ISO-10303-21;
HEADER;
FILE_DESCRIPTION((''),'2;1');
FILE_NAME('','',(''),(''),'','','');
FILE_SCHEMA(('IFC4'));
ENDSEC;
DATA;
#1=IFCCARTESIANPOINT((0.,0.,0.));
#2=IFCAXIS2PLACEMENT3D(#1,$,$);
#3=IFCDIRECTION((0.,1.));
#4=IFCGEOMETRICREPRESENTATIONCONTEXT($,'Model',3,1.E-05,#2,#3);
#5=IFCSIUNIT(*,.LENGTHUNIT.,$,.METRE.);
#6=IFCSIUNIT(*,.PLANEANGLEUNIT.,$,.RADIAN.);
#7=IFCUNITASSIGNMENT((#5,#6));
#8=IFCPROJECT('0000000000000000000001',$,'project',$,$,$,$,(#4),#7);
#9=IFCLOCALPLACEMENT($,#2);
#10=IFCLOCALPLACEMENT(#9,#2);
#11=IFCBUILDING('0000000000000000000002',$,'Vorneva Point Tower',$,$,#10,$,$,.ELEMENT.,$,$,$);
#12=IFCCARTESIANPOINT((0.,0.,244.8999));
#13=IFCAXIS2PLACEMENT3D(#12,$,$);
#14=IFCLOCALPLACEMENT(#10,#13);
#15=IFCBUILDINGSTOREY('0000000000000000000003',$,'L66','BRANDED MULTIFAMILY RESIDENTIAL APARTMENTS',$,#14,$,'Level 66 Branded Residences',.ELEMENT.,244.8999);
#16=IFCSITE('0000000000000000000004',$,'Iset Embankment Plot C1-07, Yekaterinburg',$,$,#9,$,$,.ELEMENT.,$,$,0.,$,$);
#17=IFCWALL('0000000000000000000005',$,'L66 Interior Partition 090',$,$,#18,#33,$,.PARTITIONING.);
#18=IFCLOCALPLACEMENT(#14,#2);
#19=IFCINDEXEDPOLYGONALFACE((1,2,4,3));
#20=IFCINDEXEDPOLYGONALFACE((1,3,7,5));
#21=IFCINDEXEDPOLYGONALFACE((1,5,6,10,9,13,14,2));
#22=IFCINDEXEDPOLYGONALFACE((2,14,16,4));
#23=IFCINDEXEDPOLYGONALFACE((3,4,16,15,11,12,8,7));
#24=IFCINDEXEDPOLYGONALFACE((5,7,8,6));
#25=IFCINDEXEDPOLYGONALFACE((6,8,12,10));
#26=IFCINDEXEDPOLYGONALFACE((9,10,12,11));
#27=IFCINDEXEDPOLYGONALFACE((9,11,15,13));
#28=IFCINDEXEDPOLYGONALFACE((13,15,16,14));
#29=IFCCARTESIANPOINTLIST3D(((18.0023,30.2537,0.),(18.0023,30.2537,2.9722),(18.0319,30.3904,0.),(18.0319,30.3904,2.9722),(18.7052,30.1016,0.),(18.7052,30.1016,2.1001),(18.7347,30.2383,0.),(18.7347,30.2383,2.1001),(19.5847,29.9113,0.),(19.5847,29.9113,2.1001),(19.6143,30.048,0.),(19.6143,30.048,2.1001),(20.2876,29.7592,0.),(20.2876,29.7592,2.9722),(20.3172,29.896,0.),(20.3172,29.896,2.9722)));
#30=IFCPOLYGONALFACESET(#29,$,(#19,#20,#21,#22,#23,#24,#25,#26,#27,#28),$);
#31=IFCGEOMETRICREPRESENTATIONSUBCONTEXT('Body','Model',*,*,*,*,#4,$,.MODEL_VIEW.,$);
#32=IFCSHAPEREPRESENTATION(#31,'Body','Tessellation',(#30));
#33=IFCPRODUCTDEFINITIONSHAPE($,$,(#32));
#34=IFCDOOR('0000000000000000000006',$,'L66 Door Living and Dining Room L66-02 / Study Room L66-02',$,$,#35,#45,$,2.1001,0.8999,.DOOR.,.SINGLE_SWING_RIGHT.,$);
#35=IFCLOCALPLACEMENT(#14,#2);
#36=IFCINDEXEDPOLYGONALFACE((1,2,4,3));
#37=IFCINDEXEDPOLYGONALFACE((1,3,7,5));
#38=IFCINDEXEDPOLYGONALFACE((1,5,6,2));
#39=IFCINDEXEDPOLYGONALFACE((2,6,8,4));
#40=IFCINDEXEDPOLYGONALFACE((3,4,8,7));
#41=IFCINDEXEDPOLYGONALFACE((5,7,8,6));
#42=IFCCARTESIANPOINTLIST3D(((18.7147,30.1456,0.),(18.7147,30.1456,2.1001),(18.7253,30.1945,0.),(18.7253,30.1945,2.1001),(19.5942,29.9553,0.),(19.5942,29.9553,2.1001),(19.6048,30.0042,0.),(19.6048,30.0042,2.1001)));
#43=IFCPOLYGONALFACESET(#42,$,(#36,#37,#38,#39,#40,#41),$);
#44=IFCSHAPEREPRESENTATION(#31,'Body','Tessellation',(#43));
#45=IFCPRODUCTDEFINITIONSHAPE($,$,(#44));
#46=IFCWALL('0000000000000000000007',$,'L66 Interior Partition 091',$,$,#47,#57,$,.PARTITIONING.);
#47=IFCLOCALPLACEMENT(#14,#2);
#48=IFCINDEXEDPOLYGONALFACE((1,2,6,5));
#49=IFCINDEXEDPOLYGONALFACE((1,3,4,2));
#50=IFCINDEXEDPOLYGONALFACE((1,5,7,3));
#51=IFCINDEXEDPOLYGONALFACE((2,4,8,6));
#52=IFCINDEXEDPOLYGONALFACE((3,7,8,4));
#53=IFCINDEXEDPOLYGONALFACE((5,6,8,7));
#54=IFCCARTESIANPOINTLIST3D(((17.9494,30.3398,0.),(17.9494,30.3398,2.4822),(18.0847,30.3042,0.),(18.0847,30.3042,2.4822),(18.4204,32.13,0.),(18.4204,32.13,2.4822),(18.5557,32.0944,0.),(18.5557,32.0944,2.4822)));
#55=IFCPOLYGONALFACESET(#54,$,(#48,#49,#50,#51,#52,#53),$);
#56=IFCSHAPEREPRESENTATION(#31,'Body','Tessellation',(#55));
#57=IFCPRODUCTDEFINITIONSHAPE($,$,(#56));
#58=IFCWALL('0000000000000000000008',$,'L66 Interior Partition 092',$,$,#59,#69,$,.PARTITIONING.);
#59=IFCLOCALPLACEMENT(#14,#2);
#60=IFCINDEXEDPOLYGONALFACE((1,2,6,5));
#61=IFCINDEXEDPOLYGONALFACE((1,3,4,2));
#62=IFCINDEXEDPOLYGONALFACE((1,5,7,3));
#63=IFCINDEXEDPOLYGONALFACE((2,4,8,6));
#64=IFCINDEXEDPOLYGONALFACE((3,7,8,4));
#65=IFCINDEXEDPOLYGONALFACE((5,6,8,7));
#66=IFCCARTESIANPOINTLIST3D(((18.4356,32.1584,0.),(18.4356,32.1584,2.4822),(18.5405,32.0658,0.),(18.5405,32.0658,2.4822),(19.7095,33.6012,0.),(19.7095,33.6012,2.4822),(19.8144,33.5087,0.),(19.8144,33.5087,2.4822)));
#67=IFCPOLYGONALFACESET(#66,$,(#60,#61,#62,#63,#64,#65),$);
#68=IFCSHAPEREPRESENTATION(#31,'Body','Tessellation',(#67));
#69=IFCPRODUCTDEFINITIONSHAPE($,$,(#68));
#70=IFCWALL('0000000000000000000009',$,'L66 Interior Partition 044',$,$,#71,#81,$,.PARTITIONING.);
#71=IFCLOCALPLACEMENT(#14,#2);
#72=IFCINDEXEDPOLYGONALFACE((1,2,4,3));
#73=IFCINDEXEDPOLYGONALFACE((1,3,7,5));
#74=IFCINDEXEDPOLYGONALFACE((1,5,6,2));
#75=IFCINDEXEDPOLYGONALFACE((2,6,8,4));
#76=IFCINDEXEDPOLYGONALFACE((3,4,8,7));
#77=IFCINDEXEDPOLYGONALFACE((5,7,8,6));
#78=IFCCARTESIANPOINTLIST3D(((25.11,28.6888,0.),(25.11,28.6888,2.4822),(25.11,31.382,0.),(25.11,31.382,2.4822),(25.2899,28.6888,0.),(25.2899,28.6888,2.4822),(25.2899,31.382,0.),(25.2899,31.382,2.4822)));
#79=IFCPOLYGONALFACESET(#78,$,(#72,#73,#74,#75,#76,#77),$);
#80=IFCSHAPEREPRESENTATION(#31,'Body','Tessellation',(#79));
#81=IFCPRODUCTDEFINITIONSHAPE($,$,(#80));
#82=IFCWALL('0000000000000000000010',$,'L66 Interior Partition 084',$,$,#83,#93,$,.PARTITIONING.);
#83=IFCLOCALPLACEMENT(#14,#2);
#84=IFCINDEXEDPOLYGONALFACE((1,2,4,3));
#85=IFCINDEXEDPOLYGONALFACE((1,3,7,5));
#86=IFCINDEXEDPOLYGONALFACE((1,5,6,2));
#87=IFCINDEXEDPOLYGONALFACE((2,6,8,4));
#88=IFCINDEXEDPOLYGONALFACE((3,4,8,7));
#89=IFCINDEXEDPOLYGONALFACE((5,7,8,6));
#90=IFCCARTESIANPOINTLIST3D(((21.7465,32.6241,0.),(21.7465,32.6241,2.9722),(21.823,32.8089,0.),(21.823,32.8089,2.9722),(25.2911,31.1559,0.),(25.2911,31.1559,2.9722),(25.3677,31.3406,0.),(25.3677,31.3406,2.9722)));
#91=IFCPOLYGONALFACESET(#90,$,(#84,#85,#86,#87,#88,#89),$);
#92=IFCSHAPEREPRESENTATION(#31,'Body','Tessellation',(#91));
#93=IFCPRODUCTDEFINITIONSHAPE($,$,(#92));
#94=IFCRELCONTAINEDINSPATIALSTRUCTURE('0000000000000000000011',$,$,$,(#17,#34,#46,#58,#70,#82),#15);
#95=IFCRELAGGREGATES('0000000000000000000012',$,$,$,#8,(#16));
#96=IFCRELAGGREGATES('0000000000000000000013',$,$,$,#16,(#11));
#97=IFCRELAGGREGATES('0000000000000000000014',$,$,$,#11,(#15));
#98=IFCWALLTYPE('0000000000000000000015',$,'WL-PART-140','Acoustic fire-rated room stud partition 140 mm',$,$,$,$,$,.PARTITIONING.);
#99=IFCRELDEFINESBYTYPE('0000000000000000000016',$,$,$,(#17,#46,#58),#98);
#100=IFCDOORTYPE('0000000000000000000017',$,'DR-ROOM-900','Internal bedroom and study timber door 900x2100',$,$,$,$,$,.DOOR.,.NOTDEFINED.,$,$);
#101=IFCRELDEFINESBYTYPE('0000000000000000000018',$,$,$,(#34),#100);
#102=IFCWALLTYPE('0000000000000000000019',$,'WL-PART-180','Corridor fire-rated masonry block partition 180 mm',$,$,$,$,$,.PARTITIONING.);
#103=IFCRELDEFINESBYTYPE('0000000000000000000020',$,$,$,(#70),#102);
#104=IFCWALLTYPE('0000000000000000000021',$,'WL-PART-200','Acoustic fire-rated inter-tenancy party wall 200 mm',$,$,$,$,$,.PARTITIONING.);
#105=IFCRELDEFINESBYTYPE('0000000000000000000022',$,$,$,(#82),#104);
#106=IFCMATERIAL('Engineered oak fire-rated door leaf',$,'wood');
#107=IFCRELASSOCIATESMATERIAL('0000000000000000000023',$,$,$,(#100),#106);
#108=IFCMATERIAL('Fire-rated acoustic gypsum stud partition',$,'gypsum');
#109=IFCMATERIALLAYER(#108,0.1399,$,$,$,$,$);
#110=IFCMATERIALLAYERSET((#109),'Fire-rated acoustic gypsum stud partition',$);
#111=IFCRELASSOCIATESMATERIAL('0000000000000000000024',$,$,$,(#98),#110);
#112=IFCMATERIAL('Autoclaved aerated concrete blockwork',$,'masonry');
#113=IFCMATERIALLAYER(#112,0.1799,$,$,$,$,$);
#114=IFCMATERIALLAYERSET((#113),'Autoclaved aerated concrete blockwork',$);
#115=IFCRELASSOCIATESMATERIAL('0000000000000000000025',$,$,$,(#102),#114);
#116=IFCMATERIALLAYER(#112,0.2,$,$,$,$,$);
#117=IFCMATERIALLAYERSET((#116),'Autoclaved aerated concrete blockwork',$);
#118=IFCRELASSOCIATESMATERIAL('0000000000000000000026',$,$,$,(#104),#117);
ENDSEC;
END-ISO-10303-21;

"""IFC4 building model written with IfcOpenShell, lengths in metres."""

from ifc_helpers import new_model, si_unit, direction, frame, frame_2d, origin, place, context, subcontext, project, spatial, rectangle, extrude, material, layer, layer_set, type_object, element, fill, save


model = new_model("IFC4")

# Units and contexts
model_context = context("Model", 3, precision=1e-05, world=origin(), true_north=direction((0.0, 1.0)))
body_context = subcontext(model_context, "Body", "Model", "MODEL_VIEW")
ifc_project = project(units=[si_unit("LENGTHUNIT", "METRE"), si_unit("PLANEANGLEUNIT", "RADIAN")], contexts=[model_context])

# Site, building, storey
site_placement = place(None, origin())
site = spatial("IfcSite", under=ifc_project, at=site_placement, Name="Iset Embankment Plot C1-07, Yekaterinburg", CompositionType="ELEMENT", RefElevation=0.0)
building_placement = place(site_placement, origin())
building = spatial("IfcBuilding", under=site, at=building_placement, Name="Vorneva Point Tower", CompositionType="ELEMENT")
storey_placement = place(building_placement, frame((0.0, 0.0, 244.8999)))
storey = spatial("IfcBuildingStorey", under=building, at=storey_placement, Name="L66", Description="BRANDED MULTIFAMILY RESIDENTIAL APARTMENTS", LongName="Level 66 Branded Residences", CompositionType="ELEMENT", Elevation=244.8999)

# Shared definitions
ifc_material_1 = material(Name="Fire-rated acoustic gypsum stud partition", Category="gypsum")
ifc_material_2 = material(Name="Engineered oak fire-rated door leaf", Category="wood")

# Shared definitions
door_type_1 = type_object("IfcDoorType", Name="DR-ROOM-900", Description="Internal bedroom and study timber door 900x2100", OperationType="NOTDEFINED", PredefinedType="DOOR", material=ifc_material_2)

# Wall, opening, door
ifc_layer_1 = layer(ifc_material_1, 0.1399)
ifc_layer_set_1 = layer_set([ifc_layer_1], Name="Fire-rated acoustic gypsum stud partition")
wall_type_1 = type_object("IfcWallType", Name="WL-PART-140", Description="Acoustic fire-rated room stud partition 140 mm", PredefinedType="PARTITIONING", material=ifc_layer_set_1)
wall_1_placement = place(storey_placement, frame((20.3022, 29.8276, 0.0), z_axis=(0.0, 0.0, 1.0), x_axis=(-0.977388, 0.211454, 0.0)))
wall_1 = element("IfcWall", 1, at=wall_1_placement, inside=storey, type_object=wall_type_1, Name="L66 Interior Partition 090", PredefinedType="PARTITIONING", context=body_context, shape_type="SweptSolid", body=[
    extrude(rectangle(XDim=2.3381, YDim=0.1399, at=frame_2d((1.1689, 0.0))), origin(), (0.0, 0.0, 1.0), 2.9722),
])
opening_1_placement = place(wall_1_placement, frame((0.719, 0.0, 0.0)))
opening_1 = element("IfcOpeningElement", 2, at=opening_1_placement, cuts=wall_1, PredefinedType="OPENING", context=body_context, shape_type="SweptSolid", body=[
    extrude(rectangle(XDim=0.8999, YDim=2.1001, at=frame_2d((0.45, 1.05))), frame((0.0, 0.085, 0.0), z_axis=(0.0, -1.0, 0.0), x_axis=(1.0, 0.0, 0.0)), (0.0, 0.0, 1.0), 0.1697),
])
door_1_placement = place(opening_1_placement, origin())
door_1 = element("IfcDoor", 3, at=door_1_placement, inside=storey, type_object=door_type_1, Name="L66 Door Living and Dining Room L66-02 / Study Room L66-02", OperationType="SINGLE_SWING_RIGHT", OverallHeight=2.1001, OverallWidth=0.8999, PredefinedType="DOOR", context=body_context, shape_type="SweptSolid", body=[
    extrude(rectangle(XDim=0.8999, YDim=2.1001, at=frame_2d((0.45, 1.05))), frame((0.0, 0.0249, 0.0), z_axis=(0.0, -1.0, 0.0), x_axis=(1.0, 0.0, 0.0)), (0.0, 0.0, 1.0), 0.05),
])
fill(opening_1, door_1)

# Walls
wall_2_placement = place(storey_placement, frame((18.0171, 30.322, 0.0), z_axis=(0.0, 0.0, 1.0), x_axis=(0.254435, 0.96709, 0.0)))
element("IfcWall", 4, at=wall_2_placement, inside=storey, type_object=wall_type_1, Name="L66 Interior Partition 091", PredefinedType="PARTITIONING", context=body_context, shape_type="SweptSolid", body=[
    extrude(rectangle(XDim=1.8511, YDim=0.1399, at=frame_2d((0.9255, 0.0))), origin(), (0.0, 0.0, 1.0), 2.4822),
])
wall_3_placement = place(storey_placement, frame((18.488, 32.1121, 0.0), z_axis=(0.0, 0.0, 1.0), x_axis=(0.661857, 0.749631, 0.0)))
element("IfcWall", 5, at=wall_3_placement, inside=storey, type_object=wall_type_1, Name="L66 Interior Partition 092", PredefinedType="PARTITIONING", context=body_context, shape_type="SweptSolid", body=[
    extrude(rectangle(XDim=1.9248, YDim=0.1399, at=frame_2d((0.9624, 0.0))), origin(), (0.0, 0.0, 1.0), 2.4822),
])

# Shared definitions
ifc_material_3 = material(Name="Autoclaved aerated concrete blockwork", Category="masonry")
ifc_layer_2 = layer(ifc_material_3, 0.1799)
ifc_layer_set_2 = layer_set([ifc_layer_2], Name="Autoclaved aerated concrete blockwork")
wall_type_2 = type_object("IfcWallType", Name="WL-PART-180", Description="Corridor fire-rated masonry block partition 180 mm", PredefinedType="PARTITIONING", material=ifc_layer_set_2)

# Walls
wall_4_placement = place(storey_placement, frame((25.2, 31.3821, 0.0), z_axis=(0.0, 0.0, 1.0), x_axis=(0.0, -1.0, 0.0)))
element("IfcWall", 6, at=wall_4_placement, inside=storey, type_object=wall_type_2, Name="L66 Interior Partition 044", PredefinedType="PARTITIONING", context=body_context, shape_type="SweptSolid", body=[
    extrude(rectangle(XDim=2.6931, YDim=0.1799, at=frame_2d((1.3467, 0.0))), origin(), (0.0, 0.0, 1.0), 2.4822),
])
ifc_layer_3 = layer(ifc_material_3, 0.2)
ifc_layer_set_3 = layer_set([ifc_layer_3], Name="Autoclaved aerated concrete blockwork")
wall_type_3 = type_object("IfcWallType", Name="WL-PART-200", Description="Acoustic fire-rated inter-tenancy party wall 200 mm", PredefinedType="PARTITIONING", material=ifc_layer_set_3)
wall_5_placement = place(storey_placement, frame((21.7847, 32.7166, 0.0), z_axis=(0.0, 0.0, 1.0), x_axis=(0.923879, -0.382685, 0.0)))
element("IfcWall", 7, at=wall_5_placement, inside=storey, type_object=wall_type_3, Name="L66 Interior Partition 084", PredefinedType="PARTITIONING", context=body_context, shape_type="SweptSolid", body=[
    extrude(rectangle(XDim=3.8367, YDim=0.2, at=frame_2d((1.9185, 0.0))), origin(), (0.0, 0.0, 1.0), 2.9722),
])

save(model, "model.ifc")
